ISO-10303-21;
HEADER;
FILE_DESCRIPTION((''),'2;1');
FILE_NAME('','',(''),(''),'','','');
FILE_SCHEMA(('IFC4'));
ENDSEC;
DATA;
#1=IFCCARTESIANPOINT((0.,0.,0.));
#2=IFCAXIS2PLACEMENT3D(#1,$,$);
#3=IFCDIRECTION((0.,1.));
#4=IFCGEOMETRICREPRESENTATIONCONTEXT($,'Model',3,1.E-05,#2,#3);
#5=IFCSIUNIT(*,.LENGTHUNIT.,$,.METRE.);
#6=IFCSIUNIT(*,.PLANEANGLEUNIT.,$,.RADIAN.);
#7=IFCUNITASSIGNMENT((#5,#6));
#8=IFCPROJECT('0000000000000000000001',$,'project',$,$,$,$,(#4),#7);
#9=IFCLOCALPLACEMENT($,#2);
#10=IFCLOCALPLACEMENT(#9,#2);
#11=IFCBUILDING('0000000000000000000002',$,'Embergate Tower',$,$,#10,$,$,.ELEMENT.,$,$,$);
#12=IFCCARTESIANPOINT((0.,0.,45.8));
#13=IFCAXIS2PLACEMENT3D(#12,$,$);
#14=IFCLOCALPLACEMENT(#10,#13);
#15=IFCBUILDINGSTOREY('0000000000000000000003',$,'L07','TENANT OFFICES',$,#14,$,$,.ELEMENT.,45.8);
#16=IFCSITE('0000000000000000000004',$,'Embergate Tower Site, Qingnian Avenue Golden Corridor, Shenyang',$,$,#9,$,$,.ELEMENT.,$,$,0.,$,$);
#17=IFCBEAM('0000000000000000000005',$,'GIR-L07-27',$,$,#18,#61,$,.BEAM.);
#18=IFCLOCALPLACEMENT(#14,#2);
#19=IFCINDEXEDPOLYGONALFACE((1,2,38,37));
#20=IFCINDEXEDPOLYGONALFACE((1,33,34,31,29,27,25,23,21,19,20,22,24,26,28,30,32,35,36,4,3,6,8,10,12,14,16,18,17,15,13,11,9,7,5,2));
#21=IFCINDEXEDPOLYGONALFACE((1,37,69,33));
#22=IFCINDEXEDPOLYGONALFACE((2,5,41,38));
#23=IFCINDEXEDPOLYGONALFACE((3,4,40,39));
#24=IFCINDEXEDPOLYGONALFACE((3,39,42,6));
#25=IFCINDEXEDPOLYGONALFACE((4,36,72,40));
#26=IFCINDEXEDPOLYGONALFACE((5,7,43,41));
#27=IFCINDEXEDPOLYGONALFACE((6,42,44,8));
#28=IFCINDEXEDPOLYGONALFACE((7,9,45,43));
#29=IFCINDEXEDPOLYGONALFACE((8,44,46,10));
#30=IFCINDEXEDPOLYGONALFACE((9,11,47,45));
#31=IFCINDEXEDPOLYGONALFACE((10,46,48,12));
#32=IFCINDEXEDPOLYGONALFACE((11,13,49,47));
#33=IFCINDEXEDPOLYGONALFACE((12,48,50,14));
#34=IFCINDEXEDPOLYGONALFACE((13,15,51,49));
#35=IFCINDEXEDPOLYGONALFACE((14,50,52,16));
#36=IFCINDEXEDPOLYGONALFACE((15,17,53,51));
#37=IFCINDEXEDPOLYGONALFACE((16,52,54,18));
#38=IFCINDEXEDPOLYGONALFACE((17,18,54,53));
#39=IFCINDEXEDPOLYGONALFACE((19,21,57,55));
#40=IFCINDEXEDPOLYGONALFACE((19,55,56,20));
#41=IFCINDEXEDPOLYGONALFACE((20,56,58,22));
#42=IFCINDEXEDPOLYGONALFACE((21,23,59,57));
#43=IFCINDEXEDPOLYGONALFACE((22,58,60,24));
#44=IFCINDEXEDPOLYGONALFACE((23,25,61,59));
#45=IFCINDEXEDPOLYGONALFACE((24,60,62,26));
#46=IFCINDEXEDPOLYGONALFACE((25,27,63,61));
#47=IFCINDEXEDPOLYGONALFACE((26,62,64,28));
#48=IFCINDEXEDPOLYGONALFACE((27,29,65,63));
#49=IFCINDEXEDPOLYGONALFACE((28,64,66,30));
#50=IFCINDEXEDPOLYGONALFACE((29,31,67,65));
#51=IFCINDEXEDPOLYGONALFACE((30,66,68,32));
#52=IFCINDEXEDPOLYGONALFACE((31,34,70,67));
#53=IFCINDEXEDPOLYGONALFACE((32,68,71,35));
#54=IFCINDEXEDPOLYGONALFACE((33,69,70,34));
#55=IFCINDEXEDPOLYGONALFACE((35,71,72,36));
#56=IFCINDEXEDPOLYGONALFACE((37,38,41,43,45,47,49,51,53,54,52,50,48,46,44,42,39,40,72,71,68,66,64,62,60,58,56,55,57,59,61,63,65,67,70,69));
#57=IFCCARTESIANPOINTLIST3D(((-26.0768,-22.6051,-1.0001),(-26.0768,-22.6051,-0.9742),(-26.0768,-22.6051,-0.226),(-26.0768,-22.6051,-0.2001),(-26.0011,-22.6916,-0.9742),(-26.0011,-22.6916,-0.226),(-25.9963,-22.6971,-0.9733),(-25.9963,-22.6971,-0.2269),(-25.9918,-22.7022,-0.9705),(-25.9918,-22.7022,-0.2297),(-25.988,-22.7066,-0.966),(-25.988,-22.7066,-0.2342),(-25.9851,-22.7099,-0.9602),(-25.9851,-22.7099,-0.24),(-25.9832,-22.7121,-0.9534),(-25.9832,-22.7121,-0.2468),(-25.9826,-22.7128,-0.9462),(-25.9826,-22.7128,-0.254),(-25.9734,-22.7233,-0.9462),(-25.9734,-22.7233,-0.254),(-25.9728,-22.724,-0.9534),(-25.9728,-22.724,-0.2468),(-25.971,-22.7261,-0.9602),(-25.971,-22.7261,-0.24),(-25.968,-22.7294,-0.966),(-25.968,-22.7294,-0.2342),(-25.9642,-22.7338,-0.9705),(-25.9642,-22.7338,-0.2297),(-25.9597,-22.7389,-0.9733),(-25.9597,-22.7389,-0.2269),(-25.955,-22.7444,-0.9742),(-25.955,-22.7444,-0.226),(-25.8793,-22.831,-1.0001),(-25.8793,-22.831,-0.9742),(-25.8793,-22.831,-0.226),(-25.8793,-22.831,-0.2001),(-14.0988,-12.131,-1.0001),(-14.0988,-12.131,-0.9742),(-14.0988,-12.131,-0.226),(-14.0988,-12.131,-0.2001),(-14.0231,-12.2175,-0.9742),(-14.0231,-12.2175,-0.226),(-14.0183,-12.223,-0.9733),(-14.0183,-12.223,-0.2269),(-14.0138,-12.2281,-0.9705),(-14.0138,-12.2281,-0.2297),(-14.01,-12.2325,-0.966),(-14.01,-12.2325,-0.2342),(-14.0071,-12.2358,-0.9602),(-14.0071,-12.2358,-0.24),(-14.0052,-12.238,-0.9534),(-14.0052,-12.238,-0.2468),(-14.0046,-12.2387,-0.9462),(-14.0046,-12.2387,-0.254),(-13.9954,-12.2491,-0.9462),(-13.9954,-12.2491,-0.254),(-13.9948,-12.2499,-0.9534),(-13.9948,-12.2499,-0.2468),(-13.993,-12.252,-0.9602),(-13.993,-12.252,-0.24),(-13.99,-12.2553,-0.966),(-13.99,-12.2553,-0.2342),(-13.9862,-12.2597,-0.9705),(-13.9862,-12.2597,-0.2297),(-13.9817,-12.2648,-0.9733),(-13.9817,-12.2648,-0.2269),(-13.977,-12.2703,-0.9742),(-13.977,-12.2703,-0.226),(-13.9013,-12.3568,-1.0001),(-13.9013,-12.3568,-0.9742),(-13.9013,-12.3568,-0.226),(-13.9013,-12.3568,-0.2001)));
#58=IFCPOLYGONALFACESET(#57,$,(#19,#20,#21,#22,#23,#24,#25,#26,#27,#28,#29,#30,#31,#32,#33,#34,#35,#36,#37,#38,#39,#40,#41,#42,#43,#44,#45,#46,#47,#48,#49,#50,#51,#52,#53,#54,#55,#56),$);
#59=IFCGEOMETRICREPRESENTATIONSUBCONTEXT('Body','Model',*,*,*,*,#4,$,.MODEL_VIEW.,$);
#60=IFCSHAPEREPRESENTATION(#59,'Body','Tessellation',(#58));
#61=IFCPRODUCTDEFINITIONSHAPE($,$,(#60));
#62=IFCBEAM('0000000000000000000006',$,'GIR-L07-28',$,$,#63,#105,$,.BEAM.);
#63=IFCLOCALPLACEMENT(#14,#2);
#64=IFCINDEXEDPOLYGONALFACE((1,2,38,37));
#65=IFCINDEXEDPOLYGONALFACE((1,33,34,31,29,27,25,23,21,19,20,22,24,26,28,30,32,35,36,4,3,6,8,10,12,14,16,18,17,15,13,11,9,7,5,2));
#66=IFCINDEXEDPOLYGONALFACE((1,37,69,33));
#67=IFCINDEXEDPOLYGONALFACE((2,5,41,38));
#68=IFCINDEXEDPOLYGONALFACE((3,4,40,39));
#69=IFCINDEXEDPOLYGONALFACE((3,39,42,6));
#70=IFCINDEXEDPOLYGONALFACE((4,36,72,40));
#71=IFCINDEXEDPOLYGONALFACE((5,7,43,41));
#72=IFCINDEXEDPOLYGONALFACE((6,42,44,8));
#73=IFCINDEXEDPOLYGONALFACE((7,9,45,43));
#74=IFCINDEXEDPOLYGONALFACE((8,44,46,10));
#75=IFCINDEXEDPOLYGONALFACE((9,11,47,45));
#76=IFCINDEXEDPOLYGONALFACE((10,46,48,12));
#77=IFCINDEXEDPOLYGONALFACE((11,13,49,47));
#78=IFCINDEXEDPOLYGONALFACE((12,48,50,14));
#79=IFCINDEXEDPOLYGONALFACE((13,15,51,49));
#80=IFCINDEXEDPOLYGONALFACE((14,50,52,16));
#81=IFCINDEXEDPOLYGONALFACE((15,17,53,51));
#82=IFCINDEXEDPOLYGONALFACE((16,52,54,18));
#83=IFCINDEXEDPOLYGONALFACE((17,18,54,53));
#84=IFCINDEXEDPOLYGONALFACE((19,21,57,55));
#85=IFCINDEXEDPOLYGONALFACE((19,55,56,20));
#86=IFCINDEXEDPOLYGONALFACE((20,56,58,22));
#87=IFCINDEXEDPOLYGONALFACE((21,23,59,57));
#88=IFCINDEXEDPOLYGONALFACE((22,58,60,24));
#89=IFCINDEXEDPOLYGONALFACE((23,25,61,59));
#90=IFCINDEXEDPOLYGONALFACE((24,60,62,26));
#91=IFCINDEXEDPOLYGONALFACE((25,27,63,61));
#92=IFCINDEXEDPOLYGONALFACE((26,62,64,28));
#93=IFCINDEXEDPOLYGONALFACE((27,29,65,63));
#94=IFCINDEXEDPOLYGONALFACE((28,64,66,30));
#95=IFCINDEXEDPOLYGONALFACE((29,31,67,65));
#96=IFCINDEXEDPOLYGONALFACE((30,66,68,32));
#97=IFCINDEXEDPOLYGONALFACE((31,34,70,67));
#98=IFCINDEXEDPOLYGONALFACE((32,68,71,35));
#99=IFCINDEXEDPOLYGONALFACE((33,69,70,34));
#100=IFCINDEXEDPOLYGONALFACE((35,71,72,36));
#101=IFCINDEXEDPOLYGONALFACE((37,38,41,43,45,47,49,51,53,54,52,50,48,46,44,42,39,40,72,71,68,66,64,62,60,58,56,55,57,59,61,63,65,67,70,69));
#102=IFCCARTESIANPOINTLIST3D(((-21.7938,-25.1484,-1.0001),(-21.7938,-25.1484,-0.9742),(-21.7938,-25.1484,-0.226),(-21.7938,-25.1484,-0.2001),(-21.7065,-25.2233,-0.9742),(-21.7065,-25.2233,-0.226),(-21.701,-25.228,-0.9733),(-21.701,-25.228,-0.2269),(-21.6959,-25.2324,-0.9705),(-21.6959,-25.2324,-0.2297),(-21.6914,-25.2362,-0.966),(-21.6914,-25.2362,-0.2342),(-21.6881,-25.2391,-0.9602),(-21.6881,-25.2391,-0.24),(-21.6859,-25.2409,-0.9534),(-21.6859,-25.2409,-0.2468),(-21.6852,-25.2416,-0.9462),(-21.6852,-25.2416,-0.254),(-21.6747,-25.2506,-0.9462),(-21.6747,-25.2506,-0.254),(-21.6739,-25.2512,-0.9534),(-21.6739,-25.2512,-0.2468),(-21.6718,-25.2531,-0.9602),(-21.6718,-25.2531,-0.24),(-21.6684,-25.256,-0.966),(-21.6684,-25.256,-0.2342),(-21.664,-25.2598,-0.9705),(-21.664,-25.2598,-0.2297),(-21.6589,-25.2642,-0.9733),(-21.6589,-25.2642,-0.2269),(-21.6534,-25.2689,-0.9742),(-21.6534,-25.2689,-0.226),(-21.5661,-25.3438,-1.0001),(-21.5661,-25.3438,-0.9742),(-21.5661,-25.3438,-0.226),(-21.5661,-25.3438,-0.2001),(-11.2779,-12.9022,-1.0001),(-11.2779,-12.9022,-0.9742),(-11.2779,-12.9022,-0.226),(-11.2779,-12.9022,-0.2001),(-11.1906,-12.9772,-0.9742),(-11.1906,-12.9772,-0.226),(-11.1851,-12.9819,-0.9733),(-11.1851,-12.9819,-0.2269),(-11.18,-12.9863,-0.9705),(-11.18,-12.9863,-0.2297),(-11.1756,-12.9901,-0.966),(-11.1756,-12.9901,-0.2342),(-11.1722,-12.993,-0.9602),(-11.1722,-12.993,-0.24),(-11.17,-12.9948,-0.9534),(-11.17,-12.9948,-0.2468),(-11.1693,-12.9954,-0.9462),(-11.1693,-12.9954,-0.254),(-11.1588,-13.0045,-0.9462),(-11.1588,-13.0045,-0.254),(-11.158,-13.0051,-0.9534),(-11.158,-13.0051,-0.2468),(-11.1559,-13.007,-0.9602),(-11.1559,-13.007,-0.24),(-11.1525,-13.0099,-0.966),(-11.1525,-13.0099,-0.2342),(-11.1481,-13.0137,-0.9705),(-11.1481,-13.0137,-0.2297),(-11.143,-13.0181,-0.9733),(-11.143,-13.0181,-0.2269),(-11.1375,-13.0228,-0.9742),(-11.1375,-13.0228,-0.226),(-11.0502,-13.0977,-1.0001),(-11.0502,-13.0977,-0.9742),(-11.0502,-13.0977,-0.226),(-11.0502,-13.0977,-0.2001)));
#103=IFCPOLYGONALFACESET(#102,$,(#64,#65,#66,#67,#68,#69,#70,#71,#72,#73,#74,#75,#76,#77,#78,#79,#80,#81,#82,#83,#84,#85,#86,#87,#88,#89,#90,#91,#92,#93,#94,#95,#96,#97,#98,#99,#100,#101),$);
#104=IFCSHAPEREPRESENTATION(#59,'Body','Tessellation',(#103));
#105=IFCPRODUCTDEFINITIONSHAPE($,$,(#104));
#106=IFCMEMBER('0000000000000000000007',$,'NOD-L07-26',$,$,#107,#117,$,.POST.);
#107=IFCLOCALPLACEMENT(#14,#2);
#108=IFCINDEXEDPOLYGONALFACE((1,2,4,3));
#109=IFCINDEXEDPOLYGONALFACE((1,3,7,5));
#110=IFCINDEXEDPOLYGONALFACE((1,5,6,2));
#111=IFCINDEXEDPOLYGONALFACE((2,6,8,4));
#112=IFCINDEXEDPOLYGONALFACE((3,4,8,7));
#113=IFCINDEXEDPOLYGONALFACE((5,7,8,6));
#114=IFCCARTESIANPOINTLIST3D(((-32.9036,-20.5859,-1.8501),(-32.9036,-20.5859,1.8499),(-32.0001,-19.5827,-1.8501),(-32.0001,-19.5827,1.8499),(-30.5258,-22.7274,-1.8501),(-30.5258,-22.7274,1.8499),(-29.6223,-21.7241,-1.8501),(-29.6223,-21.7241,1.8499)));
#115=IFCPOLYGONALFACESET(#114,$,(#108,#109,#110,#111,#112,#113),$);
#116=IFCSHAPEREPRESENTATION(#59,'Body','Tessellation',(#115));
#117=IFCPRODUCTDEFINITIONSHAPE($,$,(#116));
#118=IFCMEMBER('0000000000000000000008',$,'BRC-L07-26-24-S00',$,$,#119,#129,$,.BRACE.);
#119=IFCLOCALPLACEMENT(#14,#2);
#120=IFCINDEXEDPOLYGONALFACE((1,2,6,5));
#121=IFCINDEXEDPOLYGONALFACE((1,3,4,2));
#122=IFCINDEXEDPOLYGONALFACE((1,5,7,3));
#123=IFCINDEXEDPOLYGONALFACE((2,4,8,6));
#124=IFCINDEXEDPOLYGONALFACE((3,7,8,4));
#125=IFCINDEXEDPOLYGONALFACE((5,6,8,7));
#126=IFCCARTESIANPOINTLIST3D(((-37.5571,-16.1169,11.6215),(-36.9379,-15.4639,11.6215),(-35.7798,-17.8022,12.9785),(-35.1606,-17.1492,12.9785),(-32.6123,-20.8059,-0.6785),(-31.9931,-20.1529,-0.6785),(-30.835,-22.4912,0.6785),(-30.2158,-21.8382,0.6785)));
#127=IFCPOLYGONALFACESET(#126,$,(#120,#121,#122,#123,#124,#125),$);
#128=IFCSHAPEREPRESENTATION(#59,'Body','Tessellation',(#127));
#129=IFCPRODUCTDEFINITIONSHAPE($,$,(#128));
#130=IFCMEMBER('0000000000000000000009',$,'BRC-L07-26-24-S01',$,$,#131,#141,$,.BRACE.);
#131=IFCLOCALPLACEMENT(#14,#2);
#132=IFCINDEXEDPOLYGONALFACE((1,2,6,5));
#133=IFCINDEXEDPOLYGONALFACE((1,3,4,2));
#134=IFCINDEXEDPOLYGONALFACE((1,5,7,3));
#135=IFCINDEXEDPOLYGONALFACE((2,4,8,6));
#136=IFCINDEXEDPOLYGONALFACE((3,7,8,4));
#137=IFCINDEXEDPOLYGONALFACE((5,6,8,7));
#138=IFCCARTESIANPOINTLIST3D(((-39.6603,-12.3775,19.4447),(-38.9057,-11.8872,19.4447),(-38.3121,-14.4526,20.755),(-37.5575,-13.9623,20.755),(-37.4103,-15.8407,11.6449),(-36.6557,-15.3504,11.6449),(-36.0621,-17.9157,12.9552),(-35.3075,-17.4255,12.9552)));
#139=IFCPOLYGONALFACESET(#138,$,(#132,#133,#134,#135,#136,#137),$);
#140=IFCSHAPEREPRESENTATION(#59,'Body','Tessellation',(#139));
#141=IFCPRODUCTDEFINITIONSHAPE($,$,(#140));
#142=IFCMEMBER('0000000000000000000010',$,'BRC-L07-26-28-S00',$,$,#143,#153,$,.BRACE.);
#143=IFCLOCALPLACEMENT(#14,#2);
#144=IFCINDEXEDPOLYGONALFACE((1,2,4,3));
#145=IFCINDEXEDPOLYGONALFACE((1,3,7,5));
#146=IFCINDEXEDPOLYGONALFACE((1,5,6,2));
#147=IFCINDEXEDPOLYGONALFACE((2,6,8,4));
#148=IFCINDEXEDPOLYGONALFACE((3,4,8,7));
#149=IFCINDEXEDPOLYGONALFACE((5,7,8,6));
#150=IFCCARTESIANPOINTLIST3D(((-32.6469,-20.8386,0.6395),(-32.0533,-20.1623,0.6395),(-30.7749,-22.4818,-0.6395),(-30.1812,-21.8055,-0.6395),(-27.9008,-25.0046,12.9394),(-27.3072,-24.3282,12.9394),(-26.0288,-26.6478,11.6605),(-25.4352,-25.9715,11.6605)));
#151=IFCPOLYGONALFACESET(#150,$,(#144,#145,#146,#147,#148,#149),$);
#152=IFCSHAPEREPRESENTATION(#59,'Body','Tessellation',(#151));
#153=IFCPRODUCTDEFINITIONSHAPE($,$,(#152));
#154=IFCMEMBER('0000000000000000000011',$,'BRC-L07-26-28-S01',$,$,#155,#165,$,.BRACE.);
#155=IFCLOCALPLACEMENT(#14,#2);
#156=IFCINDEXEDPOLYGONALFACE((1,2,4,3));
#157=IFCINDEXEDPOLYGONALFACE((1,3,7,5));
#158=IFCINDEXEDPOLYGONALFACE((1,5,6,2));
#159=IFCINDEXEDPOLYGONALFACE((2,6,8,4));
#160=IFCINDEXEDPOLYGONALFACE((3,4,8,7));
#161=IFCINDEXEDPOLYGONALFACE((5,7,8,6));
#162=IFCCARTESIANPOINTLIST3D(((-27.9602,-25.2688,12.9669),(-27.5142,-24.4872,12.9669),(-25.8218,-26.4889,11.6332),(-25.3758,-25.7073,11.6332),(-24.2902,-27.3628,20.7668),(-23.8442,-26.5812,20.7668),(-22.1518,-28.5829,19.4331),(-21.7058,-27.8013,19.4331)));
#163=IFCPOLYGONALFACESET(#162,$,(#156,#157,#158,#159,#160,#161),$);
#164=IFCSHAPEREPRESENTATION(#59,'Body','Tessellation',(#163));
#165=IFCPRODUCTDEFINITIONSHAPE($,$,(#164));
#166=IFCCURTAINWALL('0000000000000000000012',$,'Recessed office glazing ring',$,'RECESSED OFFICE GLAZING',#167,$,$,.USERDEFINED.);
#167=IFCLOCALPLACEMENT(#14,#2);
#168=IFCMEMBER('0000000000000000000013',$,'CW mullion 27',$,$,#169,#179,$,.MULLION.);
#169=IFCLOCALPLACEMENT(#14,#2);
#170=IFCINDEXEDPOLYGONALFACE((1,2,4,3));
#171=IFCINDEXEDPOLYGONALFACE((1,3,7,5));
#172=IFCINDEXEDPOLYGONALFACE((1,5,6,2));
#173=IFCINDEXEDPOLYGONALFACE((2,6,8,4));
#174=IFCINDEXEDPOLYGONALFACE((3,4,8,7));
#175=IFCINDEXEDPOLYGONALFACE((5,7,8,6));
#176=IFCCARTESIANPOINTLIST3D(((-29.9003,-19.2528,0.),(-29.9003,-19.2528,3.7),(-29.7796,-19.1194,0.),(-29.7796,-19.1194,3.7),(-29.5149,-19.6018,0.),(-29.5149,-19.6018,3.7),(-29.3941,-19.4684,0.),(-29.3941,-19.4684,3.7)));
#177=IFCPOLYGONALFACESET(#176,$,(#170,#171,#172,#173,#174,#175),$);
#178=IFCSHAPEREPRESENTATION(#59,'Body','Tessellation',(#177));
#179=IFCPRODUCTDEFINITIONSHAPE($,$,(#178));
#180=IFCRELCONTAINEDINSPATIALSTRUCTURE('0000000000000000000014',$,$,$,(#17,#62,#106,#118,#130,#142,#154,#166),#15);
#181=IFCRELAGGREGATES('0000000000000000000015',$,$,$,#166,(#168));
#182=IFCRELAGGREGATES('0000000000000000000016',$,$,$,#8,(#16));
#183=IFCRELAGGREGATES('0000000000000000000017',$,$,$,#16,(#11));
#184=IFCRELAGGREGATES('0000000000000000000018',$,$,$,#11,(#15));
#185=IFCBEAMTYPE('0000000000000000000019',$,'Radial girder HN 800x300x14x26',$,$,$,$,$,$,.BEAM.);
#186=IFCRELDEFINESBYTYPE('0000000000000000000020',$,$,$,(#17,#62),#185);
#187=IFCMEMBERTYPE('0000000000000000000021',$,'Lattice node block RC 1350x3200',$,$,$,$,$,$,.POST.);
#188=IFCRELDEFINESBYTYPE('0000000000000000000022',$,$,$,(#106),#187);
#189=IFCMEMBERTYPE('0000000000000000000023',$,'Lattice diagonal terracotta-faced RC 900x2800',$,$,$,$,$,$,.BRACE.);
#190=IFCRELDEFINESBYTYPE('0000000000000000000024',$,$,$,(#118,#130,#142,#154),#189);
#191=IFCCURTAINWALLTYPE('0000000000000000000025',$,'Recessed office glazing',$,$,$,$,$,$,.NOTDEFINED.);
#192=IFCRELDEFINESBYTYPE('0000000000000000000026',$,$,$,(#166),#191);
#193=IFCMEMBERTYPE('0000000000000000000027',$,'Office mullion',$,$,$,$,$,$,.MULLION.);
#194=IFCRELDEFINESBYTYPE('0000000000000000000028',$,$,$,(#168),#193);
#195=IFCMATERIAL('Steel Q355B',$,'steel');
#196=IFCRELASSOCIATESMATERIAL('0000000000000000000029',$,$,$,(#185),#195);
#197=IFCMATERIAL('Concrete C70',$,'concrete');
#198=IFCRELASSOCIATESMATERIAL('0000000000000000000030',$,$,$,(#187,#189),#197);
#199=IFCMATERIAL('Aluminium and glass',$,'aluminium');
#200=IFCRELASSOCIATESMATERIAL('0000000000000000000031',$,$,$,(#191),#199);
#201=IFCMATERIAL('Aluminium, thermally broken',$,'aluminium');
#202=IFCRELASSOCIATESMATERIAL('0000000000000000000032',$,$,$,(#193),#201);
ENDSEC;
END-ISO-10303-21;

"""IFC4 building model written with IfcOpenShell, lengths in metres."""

from ifc_helpers import new_model, si_unit, direction, frame, origin, origin_2d, place, context, subcontext, project, spatial, rectangle, i_section, extrude, source, transform, mapped, material, material_profile, profile_set, type_object, element, aggregate, save


model = new_model("IFC4")

# Units and contexts
model_context = context("Model", 3, precision=1e-05, world=origin(), true_north=direction((0.0, 1.0)))
body_context = subcontext(model_context, "Body", "Model", "MODEL_VIEW")
ifc_project = project(units=[si_unit("LENGTHUNIT", "METRE"), si_unit("PLANEANGLEUNIT", "RADIAN")], contexts=[model_context])

# Site, building, storey
site_placement = place(None, origin())
site = spatial("IfcSite", under=ifc_project, at=site_placement, Name="Embergate Tower Site, Qingnian Avenue Golden Corridor, Shenyang", CompositionType="ELEMENT", RefElevation=0.0)
building_placement = place(site_placement, origin())
building = spatial("IfcBuilding", under=site, at=building_placement, Name="Embergate Tower", CompositionType="ELEMENT")
storey_placement = place(building_placement, frame((0.0, 0.0, 45.8)))
storey = spatial("IfcBuildingStorey", under=building, at=storey_placement, Name="L07", Description="TENANT OFFICES", CompositionType="ELEMENT", Elevation=45.8)

# Shared definitions
ifc_material_1 = material(Name="Concrete C70", Category="concrete")

# Beams
ifc_material_2 = material(Name="Steel Q355B", Category="steel")
ifc_material_profile_1 = material_profile(ifc_material_2, i_section(OverallWidth=0.3, OverallDepth=0.8, WebThickness=0.0139, FlangeThickness=0.0259, FilletRadius=0.0281, at=origin_2d()), Name="HN 800x300x14x26")
ifc_profile_set_1 = profile_set([ifc_material_profile_1], Name="Steel Q355 grade B")
beam_type_1 = type_object("IfcBeamType", Name="Radial girder HN 800x300x14x26", PredefinedType="BEAM", material=ifc_profile_set_1)
shared_shape_1 = source(origin(), body_context, "Body", "SweptSolid", [
    extrude(i_section(OverallWidth=0.3, OverallDepth=0.8, WebThickness=0.0139, FlangeThickness=0.0259, FilletRadius=0.0281, at=origin_2d()), origin(), (0.0, 0.0, 1.0), 15.9116),
])
beam_1_placement = place(storey_placement, frame((-25.978, -22.718, -0.6001), z_axis=(0.752784, 0.658268, 0.0), x_axis=(-0.658268, 0.752784, 0.0)))
element("IfcBeam", 1, at=beam_1_placement, inside=storey, type_object=beam_type_1, Name="GIR-L07-27", PredefinedType="BEAM", context=body_context, shape_type="MappedRepresentation", body=[
    mapped(shared_shape_1, transform((0.0, 0.0, 0.0))),
])
shared_shape_2 = source(origin(), body_context, "Body", "SweptSolid", [
    extrude(i_section(OverallWidth=0.3, OverallDepth=0.8, WebThickness=0.0139, FlangeThickness=0.0259, FilletRadius=0.0281, at=origin_2d()), origin(), (0.0, 0.0, 1.0), 16.1416),
])
beam_2_placement = place(storey_placement, frame((-21.6799, -25.2461, -0.6001), z_axis=(0.651477, 0.758668, 0.0), x_axis=(-0.758668, 0.651477, 0.0)))
element("IfcBeam", 2, at=beam_2_placement, inside=storey, type_object=beam_type_1, Name="GIR-L07-28", PredefinedType="BEAM", context=body_context, shape_type="MappedRepresentation", body=[
    mapped(shared_shape_2, transform((0.0, 0.0, 0.0))),
])

# Members
ifc_material_profile_2 = material_profile(ifc_material_1, rectangle(XDim=1.3501, YDim=3.2, at=origin_2d()), Name="RC 1350x3200")
ifc_profile_set_2 = profile_set([ifc_material_profile_2], Name="Concrete C70")
member_type_1 = type_object("IfcMemberType", Name="Lattice node block RC 1350x3200", PredefinedType="POST", material=ifc_profile_set_2)
shared_shape_3 = source(origin(), body_context, "Body", "SweptSolid", [
    extrude(rectangle(XDim=1.3501, YDim=3.2, at=origin_2d()), origin(), (0.0, 0.0, 1.0), 3.7),
])
member_1_placement = place(storey_placement, frame((-31.2629, -21.155, -1.8501), z_axis=(0.0, 0.0, 1.0), x_axis=(-0.669208, -0.743075, 0.0)))
element("IfcMember", 3, at=member_1_placement, inside=storey, type_object=member_type_1, Name="NOD-L07-26", PredefinedType="POST", context=body_context, shape_type="MappedRepresentation", body=[
    mapped(shared_shape_3, transform((0.0, 0.0, 0.0))),
])
ifc_material_profile_3 = material_profile(ifc_material_1, rectangle(XDim=0.8999, YDim=2.8, at=origin_2d()), Name="RC 900x2800")
ifc_profile_set_3 = profile_set([ifc_material_profile_3], Name="Concrete C70")
member_type_2 = type_object("IfcMemberType", Name="Lattice diagonal terracotta-faced RC 900x2800", PredefinedType="BRACE", material=ifc_profile_set_3)
shared_shape_4 = source(origin(), body_context, "Body", "SweptSolid", [
    extrude(rectangle(XDim=0.8999, YDim=2.8, at=origin_2d()), origin(), (0.0, 0.0, 1.0), 14.0615),
])
member_2_placement = place(storey_placement, frame((-31.4141, -21.322, 0.0), z_axis=(-0.351654, 0.333459, 0.874725), x_axis=(-0.688084, -0.725631, 0.0)))
element("IfcMember", 4, at=member_2_placement, inside=storey, type_object=member_type_2, Name="BRC-L07-26-24-S00", PredefinedType="BRACE", context=body_context, shape_type="MappedRepresentation", body=[
    mapped(shared_shape_4, transform((0.0, 0.0, 0.0))),
])
shared_shape_5 = source(origin(), body_context, "Body", "SweptSolid", [
    extrude(rectangle(XDim=0.8999, YDim=2.8, at=origin_2d()), origin(), (0.0, 0.0, 1.0), 8.8257),
])
member_3_placement = place(storey_placement, frame((-36.3589, -16.6331, 12.3), z_axis=(-0.254938, 0.392393, 0.883762), x_axis=(-0.838558, -0.544812, 0.0)))
element("IfcMember", 5, at=member_3_placement, inside=storey, type_object=member_type_2, Name="BRC-L07-26-24-S01", PredefinedType="BRACE", context=body_context, shape_type="MappedRepresentation", body=[
    mapped(shared_shape_5, transform((0.0, 0.0, 0.0))),
])
shared_shape_6 = source(origin(), body_context, "Body", "SweptSolid", [
    extrude(rectangle(XDim=0.8999, YDim=2.8, at=origin_2d()), origin(), (0.0, 0.0, 1.0), 13.8264),
])
member_4_placement = place(storey_placement, frame((-31.4141, -21.322, 0.0), z_axis=(0.343261, -0.301306, 0.889599), x_axis=(0.659686, 0.751541, 0.0)))
element("IfcMember", 6, at=member_4_placement, inside=storey, type_object=member_type_2, Name="BRC-L07-26-28-S00", PredefinedType="BRACE", context=body_context, shape_type="MappedRepresentation", body=[
    mapped(shared_shape_6, transform((0.0, 0.0, 0.0))),
])
shared_shape_7 = source(origin(), body_context, "Body", "SweptSolid", [
    extrude(rectangle(XDim=0.8999, YDim=2.8, at=origin_2d()), origin(), (0.0, 0.0, 1.0), 8.8708),
])
member_5_placement = place(storey_placement, frame((-26.668, -25.488, 12.3), z_axis=(0.413711, -0.236056, 0.879273), x_axis=(0.495585, 0.868559, 0.0)))
element("IfcMember", 7, at=member_5_placement, inside=storey, type_object=member_type_2, Name="BRC-L07-26-28-S01", PredefinedType="BRACE", context=body_context, shape_type="MappedRepresentation", body=[
    mapped(shared_shape_7, transform((0.0, 0.0, 0.0))),
])

# Curtain wall, member
ifc_material_3 = material(Name="Aluminium and glass", Category="aluminium")
curtain_wall_type = type_object("IfcCurtainWallType", Name="Recessed office glazing", PredefinedType="NOTDEFINED", material=ifc_material_3)
curtain_wall_placement = place(storey_placement, origin())
curtain_wall = element("IfcCurtainWall", 8, at=curtain_wall_placement, inside=storey, type_object=curtain_wall_type, Name="Recessed office glazing ring", ObjectType="RECESSED OFFICE GLAZING", PredefinedType="USERDEFINED")
ifc_material_4 = material(Name="Aluminium, thermally broken", Category="aluminium")
ifc_material_profile_4 = material_profile(ifc_material_4, rectangle(XDim=0.1799, YDim=0.52, at=origin_2d()), Name="AL 520x180")
ifc_profile_set_4 = profile_set([ifc_material_profile_4], Name="Aluminium, thermally broken")
member_type_3 = type_object("IfcMemberType", Name="Office mullion", PredefinedType="MULLION", material=ifc_profile_set_4)
shared_shape_8 = source(origin(), body_context, "Body", "SweptSolid", [
    extrude(rectangle(XDim=0.1799, YDim=0.52, at=origin_2d()), origin(), (0.0, 0.0, 1.0), 3.7),
])
member_6_placement = place(storey_placement, frame((-29.6472, -19.3606, 0.0), z_axis=(0.0, 0.0, 1.0), x_axis=(0.671229, 0.74125, 0.0)))
member_6 = element("IfcMember", 9, at=member_6_placement, type_object=member_type_3, Name="CW mullion 27", PredefinedType="MULLION", context=body_context, shape_type="MappedRepresentation", body=[
    mapped(shared_shape_8, transform((0.0, 0.0, 0.0))),
])
aggregate(curtain_wall, [member_6])

save(model, "model.ifc")
